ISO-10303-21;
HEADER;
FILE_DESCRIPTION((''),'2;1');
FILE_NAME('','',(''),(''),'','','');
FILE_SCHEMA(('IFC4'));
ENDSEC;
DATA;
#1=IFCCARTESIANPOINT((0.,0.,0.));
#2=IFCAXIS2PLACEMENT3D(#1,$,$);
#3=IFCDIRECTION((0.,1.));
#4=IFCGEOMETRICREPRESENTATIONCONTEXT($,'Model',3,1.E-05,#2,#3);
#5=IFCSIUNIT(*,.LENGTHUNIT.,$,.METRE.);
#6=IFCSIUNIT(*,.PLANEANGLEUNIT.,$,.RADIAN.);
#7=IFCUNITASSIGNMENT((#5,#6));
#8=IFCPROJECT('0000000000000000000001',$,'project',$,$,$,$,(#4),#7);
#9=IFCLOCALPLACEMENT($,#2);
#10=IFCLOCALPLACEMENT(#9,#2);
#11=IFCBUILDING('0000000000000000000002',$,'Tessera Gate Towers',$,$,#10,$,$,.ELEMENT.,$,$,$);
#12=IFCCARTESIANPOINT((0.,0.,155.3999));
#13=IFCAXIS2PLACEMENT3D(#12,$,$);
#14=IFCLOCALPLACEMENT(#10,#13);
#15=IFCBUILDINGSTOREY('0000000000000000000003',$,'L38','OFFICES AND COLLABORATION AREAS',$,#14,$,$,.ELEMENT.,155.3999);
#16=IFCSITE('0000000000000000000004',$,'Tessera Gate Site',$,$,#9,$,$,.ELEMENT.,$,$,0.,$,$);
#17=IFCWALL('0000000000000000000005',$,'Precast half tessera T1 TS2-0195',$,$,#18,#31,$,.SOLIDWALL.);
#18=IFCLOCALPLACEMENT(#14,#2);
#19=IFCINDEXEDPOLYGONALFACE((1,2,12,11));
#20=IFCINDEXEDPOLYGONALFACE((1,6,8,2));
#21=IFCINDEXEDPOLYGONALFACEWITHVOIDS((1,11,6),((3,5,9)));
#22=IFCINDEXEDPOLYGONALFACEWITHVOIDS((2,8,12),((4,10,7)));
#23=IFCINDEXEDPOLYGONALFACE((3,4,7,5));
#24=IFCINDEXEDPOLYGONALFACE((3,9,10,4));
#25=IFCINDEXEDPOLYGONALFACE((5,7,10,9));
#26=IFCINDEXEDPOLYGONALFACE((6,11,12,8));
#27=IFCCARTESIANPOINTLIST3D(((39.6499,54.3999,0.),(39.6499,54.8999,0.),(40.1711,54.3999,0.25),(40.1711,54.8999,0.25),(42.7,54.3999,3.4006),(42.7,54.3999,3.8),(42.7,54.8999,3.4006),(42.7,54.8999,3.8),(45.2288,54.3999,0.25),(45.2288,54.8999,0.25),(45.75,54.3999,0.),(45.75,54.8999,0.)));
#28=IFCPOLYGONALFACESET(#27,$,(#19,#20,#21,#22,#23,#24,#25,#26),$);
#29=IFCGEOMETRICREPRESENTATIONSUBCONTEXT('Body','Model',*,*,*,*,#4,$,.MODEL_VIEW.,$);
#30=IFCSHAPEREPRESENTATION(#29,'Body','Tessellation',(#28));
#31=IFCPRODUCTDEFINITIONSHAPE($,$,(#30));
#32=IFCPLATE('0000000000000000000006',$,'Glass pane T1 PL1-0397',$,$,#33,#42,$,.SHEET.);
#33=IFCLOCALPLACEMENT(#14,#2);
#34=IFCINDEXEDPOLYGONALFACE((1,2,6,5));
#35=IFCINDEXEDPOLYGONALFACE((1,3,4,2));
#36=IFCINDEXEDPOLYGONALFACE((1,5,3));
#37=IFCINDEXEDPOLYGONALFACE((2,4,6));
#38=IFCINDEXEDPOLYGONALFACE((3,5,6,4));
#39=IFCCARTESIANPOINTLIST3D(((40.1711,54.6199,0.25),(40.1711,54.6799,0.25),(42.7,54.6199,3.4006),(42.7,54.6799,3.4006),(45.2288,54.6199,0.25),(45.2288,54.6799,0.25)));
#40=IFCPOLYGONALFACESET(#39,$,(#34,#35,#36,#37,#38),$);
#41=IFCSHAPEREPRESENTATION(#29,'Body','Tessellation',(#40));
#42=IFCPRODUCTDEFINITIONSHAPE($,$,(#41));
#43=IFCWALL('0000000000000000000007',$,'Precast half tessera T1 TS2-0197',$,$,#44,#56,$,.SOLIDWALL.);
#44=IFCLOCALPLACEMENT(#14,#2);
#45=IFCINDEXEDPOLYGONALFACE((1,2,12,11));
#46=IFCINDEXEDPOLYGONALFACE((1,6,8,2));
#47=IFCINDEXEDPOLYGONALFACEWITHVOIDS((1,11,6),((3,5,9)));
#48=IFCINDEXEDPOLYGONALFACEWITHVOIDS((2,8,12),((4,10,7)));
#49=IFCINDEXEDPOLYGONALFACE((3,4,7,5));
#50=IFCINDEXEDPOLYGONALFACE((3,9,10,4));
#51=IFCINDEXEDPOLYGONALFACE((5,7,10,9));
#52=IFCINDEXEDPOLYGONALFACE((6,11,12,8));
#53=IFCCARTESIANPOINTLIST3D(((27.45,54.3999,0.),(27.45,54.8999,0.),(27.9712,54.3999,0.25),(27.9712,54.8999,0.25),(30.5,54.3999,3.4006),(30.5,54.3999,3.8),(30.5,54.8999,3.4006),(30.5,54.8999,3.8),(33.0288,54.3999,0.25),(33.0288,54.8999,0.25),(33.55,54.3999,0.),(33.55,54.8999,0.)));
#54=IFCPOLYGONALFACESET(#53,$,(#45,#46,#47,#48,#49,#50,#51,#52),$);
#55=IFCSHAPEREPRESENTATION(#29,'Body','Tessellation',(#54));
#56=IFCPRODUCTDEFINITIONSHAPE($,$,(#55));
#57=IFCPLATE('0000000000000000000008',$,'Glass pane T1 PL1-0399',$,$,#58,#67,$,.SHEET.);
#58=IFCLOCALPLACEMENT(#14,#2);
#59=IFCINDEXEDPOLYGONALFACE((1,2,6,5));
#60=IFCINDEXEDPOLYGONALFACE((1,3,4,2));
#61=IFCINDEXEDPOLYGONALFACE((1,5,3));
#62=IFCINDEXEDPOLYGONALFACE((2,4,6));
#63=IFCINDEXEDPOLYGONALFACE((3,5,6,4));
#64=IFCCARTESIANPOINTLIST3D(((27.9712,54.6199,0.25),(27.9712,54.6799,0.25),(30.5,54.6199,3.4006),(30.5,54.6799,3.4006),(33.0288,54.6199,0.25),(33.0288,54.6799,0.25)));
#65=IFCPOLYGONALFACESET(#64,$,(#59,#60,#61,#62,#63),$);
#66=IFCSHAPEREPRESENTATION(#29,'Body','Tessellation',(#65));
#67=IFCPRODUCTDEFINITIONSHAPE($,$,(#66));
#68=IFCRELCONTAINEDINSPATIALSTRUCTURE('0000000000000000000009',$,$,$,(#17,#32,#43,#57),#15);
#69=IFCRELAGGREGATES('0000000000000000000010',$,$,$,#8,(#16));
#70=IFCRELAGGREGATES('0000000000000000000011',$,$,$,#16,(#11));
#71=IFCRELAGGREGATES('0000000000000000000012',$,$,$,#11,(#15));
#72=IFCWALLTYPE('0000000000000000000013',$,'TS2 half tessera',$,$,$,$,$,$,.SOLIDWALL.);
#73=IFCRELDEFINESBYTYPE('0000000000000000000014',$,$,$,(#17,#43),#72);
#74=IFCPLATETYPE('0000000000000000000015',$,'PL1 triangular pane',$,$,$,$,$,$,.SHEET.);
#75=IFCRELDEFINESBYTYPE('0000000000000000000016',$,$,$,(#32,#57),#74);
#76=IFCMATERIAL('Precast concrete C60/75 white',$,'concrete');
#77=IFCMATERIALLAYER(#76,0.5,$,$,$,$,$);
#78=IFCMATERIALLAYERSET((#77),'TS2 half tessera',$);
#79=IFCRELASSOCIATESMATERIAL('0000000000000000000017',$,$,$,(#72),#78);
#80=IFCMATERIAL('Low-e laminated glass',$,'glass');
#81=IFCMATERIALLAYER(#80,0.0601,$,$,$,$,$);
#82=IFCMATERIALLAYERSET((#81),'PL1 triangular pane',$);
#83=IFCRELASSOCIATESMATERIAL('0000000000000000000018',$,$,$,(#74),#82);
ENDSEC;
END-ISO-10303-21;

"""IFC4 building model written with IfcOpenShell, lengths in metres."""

from ifc_helpers import new_model, si_unit, direction, frame, origin, place, context, subcontext, project, spatial, polyline, outline, extrude, source, transform, mapped, material, layer, layer_set, type_object, element, fill, save


model = new_model("IFC4")

# Units and contexts
model_context = context("Model", 3, precision=1e-05, world=origin(), true_north=direction((0.0, 1.0)))
body_context = subcontext(model_context, "Body", "Model", "MODEL_VIEW")
ifc_project = project(units=[si_unit("LENGTHUNIT", "METRE"), si_unit("PLANEANGLEUNIT", "RADIAN")], contexts=[model_context])

# Site, building, storey
site_placement = place(None, origin())
site = spatial("IfcSite", under=ifc_project, at=site_placement, Name="Tessera Gate Site", CompositionType="ELEMENT", RefElevation=0.0)
building_placement = place(site_placement, origin())
building = spatial("IfcBuilding", under=site, at=building_placement, Name="Tessera Gate Towers", CompositionType="ELEMENT")
storey_placement = place(building_placement, frame((0.0, 0.0, 155.3999)))
storey = spatial("IfcBuildingStorey", under=building, at=storey_placement, Name="L38", Description="OFFICES AND COLLABORATION AREAS", CompositionType="ELEMENT", Elevation=155.3999)

# Walls, openings, plates
ifc_material_1 = material(Name="Precast concrete C60/75 white", Category="concrete")
ifc_layer_1 = layer(ifc_material_1, 0.5)
ifc_layer_set_1 = layer_set([ifc_layer_1], Name="TS2 half tessera")
wall_type_1 = type_object("IfcWallType", Name="TS2 half tessera", PredefinedType="SOLIDWALL", material=ifc_layer_set_1)
shared_shape_1 = source(origin(), body_context, "Body", "SweptSolid", [
    extrude(outline(polyline([(6.1001, 0.0), (3.05, 3.8), (0.0, 0.0), (6.1001, 0.0)])), frame((0.0, 0.25, 0.0), z_axis=(0.0, -1.0, 0.0), x_axis=(1.0, 0.0, 0.0)), (0.0, 0.0, 1.0), 0.5),
])
wall_1_placement = place(storey_placement, frame((45.75, 54.6499, 0.0), z_axis=(0.0, 0.0, 1.0), x_axis=(-1.0, 0.0, 0.0)))
wall_1 = element("IfcWall", 1, at=wall_1_placement, inside=storey, type_object=wall_type_1, Name="Precast half tessera T1 TS2-0195", PredefinedType="SOLIDWALL", context=body_context, shape_type="MappedRepresentation", body=[
    mapped(shared_shape_1, transform((0.0, 0.0, 0.0), scale=1.0)),
])
shared_shape_2 = source(origin(), body_context, "Body", "SweptSolid", [
    extrude(outline(polyline([(5.5789, 0.25), (3.05, 3.4006), (0.5212, 0.25), (5.5789, 0.25)])), frame((0.0, 0.26, 0.0), z_axis=(0.0, -1.0, 0.0), x_axis=(1.0, 0.0, 0.0)), (0.0, 0.0, 1.0), 0.52),
])
opening_1_placement = place(wall_1_placement, origin())
opening_1 = element("IfcOpeningElement", 2, at=opening_1_placement, cuts=wall_1, PredefinedType="OPENING", context=body_context, shape_type="MappedRepresentation", body=[
    mapped(shared_shape_2, transform((0.0, 0.0, 0.0), scale=1.0)),
])
ifc_material_2 = material(Name="Low-e laminated glass", Category="glass")
ifc_layer_2 = layer(ifc_material_2, 0.0601)
ifc_layer_set_2 = layer_set([ifc_layer_2], Name="PL1 triangular pane")
plate_type = type_object("IfcPlateType", Name="PL1 triangular pane", PredefinedType="SHEET", material=ifc_layer_set_2)
shared_shape_3 = source(origin(), body_context, "Body", "SweptSolid", [
    extrude(outline(polyline([(5.5789, 0.25), (3.05, 3.4006), (0.5212, 0.25), (5.5789, 0.25)])), frame((0.0, 0.03, 0.0), z_axis=(0.0, -1.0, 0.0), x_axis=(1.0, 0.0, 0.0)), (0.0, 0.0, 1.0), 0.0601),
])
plate_1_placement = place(opening_1_placement, origin())
plate_1 = element("IfcPlate", 3, at=plate_1_placement, inside=storey, type_object=plate_type, Name="Glass pane T1 PL1-0397", PredefinedType="SHEET", context=body_context, shape_type="MappedRepresentation", body=[
    mapped(shared_shape_3, transform((0.0, 0.0, 0.0), scale=1.0)),
])
fill(opening_1, plate_1)
wall_2_placement = place(storey_placement, frame((33.55, 54.6499, 0.0), z_axis=(0.0, 0.0, 1.0), x_axis=(-1.0, 0.0, 0.0)))
wall_2 = element("IfcWall", 4, at=wall_2_placement, inside=storey, type_object=wall_type_1, Name="Precast half tessera T1 TS2-0197", PredefinedType="SOLIDWALL", context=body_context, shape_type="MappedRepresentation", body=[
    mapped(shared_shape_1, transform((0.0, 0.0, 0.0), scale=1.0)),
])
opening_2_placement = place(wall_2_placement, origin())
opening_2 = element("IfcOpeningElement", 5, at=opening_2_placement, cuts=wall_2, PredefinedType="OPENING", context=body_context, shape_type="MappedRepresentation", body=[
    mapped(shared_shape_2, transform((0.0, 0.0, 0.0), scale=1.0)),
])
plate_2_placement = place(opening_2_placement, origin())
plate_2 = element("IfcPlate", 6, at=plate_2_placement, inside=storey, type_object=plate_type, Name="Glass pane T1 PL1-0399", PredefinedType="SHEET", context=body_context, shape_type="MappedRepresentation", body=[
    mapped(shared_shape_3, transform((0.0, 0.0, 0.0), scale=1.0)),
])
fill(opening_2, plate_2)

save(model, "model.ifc")
